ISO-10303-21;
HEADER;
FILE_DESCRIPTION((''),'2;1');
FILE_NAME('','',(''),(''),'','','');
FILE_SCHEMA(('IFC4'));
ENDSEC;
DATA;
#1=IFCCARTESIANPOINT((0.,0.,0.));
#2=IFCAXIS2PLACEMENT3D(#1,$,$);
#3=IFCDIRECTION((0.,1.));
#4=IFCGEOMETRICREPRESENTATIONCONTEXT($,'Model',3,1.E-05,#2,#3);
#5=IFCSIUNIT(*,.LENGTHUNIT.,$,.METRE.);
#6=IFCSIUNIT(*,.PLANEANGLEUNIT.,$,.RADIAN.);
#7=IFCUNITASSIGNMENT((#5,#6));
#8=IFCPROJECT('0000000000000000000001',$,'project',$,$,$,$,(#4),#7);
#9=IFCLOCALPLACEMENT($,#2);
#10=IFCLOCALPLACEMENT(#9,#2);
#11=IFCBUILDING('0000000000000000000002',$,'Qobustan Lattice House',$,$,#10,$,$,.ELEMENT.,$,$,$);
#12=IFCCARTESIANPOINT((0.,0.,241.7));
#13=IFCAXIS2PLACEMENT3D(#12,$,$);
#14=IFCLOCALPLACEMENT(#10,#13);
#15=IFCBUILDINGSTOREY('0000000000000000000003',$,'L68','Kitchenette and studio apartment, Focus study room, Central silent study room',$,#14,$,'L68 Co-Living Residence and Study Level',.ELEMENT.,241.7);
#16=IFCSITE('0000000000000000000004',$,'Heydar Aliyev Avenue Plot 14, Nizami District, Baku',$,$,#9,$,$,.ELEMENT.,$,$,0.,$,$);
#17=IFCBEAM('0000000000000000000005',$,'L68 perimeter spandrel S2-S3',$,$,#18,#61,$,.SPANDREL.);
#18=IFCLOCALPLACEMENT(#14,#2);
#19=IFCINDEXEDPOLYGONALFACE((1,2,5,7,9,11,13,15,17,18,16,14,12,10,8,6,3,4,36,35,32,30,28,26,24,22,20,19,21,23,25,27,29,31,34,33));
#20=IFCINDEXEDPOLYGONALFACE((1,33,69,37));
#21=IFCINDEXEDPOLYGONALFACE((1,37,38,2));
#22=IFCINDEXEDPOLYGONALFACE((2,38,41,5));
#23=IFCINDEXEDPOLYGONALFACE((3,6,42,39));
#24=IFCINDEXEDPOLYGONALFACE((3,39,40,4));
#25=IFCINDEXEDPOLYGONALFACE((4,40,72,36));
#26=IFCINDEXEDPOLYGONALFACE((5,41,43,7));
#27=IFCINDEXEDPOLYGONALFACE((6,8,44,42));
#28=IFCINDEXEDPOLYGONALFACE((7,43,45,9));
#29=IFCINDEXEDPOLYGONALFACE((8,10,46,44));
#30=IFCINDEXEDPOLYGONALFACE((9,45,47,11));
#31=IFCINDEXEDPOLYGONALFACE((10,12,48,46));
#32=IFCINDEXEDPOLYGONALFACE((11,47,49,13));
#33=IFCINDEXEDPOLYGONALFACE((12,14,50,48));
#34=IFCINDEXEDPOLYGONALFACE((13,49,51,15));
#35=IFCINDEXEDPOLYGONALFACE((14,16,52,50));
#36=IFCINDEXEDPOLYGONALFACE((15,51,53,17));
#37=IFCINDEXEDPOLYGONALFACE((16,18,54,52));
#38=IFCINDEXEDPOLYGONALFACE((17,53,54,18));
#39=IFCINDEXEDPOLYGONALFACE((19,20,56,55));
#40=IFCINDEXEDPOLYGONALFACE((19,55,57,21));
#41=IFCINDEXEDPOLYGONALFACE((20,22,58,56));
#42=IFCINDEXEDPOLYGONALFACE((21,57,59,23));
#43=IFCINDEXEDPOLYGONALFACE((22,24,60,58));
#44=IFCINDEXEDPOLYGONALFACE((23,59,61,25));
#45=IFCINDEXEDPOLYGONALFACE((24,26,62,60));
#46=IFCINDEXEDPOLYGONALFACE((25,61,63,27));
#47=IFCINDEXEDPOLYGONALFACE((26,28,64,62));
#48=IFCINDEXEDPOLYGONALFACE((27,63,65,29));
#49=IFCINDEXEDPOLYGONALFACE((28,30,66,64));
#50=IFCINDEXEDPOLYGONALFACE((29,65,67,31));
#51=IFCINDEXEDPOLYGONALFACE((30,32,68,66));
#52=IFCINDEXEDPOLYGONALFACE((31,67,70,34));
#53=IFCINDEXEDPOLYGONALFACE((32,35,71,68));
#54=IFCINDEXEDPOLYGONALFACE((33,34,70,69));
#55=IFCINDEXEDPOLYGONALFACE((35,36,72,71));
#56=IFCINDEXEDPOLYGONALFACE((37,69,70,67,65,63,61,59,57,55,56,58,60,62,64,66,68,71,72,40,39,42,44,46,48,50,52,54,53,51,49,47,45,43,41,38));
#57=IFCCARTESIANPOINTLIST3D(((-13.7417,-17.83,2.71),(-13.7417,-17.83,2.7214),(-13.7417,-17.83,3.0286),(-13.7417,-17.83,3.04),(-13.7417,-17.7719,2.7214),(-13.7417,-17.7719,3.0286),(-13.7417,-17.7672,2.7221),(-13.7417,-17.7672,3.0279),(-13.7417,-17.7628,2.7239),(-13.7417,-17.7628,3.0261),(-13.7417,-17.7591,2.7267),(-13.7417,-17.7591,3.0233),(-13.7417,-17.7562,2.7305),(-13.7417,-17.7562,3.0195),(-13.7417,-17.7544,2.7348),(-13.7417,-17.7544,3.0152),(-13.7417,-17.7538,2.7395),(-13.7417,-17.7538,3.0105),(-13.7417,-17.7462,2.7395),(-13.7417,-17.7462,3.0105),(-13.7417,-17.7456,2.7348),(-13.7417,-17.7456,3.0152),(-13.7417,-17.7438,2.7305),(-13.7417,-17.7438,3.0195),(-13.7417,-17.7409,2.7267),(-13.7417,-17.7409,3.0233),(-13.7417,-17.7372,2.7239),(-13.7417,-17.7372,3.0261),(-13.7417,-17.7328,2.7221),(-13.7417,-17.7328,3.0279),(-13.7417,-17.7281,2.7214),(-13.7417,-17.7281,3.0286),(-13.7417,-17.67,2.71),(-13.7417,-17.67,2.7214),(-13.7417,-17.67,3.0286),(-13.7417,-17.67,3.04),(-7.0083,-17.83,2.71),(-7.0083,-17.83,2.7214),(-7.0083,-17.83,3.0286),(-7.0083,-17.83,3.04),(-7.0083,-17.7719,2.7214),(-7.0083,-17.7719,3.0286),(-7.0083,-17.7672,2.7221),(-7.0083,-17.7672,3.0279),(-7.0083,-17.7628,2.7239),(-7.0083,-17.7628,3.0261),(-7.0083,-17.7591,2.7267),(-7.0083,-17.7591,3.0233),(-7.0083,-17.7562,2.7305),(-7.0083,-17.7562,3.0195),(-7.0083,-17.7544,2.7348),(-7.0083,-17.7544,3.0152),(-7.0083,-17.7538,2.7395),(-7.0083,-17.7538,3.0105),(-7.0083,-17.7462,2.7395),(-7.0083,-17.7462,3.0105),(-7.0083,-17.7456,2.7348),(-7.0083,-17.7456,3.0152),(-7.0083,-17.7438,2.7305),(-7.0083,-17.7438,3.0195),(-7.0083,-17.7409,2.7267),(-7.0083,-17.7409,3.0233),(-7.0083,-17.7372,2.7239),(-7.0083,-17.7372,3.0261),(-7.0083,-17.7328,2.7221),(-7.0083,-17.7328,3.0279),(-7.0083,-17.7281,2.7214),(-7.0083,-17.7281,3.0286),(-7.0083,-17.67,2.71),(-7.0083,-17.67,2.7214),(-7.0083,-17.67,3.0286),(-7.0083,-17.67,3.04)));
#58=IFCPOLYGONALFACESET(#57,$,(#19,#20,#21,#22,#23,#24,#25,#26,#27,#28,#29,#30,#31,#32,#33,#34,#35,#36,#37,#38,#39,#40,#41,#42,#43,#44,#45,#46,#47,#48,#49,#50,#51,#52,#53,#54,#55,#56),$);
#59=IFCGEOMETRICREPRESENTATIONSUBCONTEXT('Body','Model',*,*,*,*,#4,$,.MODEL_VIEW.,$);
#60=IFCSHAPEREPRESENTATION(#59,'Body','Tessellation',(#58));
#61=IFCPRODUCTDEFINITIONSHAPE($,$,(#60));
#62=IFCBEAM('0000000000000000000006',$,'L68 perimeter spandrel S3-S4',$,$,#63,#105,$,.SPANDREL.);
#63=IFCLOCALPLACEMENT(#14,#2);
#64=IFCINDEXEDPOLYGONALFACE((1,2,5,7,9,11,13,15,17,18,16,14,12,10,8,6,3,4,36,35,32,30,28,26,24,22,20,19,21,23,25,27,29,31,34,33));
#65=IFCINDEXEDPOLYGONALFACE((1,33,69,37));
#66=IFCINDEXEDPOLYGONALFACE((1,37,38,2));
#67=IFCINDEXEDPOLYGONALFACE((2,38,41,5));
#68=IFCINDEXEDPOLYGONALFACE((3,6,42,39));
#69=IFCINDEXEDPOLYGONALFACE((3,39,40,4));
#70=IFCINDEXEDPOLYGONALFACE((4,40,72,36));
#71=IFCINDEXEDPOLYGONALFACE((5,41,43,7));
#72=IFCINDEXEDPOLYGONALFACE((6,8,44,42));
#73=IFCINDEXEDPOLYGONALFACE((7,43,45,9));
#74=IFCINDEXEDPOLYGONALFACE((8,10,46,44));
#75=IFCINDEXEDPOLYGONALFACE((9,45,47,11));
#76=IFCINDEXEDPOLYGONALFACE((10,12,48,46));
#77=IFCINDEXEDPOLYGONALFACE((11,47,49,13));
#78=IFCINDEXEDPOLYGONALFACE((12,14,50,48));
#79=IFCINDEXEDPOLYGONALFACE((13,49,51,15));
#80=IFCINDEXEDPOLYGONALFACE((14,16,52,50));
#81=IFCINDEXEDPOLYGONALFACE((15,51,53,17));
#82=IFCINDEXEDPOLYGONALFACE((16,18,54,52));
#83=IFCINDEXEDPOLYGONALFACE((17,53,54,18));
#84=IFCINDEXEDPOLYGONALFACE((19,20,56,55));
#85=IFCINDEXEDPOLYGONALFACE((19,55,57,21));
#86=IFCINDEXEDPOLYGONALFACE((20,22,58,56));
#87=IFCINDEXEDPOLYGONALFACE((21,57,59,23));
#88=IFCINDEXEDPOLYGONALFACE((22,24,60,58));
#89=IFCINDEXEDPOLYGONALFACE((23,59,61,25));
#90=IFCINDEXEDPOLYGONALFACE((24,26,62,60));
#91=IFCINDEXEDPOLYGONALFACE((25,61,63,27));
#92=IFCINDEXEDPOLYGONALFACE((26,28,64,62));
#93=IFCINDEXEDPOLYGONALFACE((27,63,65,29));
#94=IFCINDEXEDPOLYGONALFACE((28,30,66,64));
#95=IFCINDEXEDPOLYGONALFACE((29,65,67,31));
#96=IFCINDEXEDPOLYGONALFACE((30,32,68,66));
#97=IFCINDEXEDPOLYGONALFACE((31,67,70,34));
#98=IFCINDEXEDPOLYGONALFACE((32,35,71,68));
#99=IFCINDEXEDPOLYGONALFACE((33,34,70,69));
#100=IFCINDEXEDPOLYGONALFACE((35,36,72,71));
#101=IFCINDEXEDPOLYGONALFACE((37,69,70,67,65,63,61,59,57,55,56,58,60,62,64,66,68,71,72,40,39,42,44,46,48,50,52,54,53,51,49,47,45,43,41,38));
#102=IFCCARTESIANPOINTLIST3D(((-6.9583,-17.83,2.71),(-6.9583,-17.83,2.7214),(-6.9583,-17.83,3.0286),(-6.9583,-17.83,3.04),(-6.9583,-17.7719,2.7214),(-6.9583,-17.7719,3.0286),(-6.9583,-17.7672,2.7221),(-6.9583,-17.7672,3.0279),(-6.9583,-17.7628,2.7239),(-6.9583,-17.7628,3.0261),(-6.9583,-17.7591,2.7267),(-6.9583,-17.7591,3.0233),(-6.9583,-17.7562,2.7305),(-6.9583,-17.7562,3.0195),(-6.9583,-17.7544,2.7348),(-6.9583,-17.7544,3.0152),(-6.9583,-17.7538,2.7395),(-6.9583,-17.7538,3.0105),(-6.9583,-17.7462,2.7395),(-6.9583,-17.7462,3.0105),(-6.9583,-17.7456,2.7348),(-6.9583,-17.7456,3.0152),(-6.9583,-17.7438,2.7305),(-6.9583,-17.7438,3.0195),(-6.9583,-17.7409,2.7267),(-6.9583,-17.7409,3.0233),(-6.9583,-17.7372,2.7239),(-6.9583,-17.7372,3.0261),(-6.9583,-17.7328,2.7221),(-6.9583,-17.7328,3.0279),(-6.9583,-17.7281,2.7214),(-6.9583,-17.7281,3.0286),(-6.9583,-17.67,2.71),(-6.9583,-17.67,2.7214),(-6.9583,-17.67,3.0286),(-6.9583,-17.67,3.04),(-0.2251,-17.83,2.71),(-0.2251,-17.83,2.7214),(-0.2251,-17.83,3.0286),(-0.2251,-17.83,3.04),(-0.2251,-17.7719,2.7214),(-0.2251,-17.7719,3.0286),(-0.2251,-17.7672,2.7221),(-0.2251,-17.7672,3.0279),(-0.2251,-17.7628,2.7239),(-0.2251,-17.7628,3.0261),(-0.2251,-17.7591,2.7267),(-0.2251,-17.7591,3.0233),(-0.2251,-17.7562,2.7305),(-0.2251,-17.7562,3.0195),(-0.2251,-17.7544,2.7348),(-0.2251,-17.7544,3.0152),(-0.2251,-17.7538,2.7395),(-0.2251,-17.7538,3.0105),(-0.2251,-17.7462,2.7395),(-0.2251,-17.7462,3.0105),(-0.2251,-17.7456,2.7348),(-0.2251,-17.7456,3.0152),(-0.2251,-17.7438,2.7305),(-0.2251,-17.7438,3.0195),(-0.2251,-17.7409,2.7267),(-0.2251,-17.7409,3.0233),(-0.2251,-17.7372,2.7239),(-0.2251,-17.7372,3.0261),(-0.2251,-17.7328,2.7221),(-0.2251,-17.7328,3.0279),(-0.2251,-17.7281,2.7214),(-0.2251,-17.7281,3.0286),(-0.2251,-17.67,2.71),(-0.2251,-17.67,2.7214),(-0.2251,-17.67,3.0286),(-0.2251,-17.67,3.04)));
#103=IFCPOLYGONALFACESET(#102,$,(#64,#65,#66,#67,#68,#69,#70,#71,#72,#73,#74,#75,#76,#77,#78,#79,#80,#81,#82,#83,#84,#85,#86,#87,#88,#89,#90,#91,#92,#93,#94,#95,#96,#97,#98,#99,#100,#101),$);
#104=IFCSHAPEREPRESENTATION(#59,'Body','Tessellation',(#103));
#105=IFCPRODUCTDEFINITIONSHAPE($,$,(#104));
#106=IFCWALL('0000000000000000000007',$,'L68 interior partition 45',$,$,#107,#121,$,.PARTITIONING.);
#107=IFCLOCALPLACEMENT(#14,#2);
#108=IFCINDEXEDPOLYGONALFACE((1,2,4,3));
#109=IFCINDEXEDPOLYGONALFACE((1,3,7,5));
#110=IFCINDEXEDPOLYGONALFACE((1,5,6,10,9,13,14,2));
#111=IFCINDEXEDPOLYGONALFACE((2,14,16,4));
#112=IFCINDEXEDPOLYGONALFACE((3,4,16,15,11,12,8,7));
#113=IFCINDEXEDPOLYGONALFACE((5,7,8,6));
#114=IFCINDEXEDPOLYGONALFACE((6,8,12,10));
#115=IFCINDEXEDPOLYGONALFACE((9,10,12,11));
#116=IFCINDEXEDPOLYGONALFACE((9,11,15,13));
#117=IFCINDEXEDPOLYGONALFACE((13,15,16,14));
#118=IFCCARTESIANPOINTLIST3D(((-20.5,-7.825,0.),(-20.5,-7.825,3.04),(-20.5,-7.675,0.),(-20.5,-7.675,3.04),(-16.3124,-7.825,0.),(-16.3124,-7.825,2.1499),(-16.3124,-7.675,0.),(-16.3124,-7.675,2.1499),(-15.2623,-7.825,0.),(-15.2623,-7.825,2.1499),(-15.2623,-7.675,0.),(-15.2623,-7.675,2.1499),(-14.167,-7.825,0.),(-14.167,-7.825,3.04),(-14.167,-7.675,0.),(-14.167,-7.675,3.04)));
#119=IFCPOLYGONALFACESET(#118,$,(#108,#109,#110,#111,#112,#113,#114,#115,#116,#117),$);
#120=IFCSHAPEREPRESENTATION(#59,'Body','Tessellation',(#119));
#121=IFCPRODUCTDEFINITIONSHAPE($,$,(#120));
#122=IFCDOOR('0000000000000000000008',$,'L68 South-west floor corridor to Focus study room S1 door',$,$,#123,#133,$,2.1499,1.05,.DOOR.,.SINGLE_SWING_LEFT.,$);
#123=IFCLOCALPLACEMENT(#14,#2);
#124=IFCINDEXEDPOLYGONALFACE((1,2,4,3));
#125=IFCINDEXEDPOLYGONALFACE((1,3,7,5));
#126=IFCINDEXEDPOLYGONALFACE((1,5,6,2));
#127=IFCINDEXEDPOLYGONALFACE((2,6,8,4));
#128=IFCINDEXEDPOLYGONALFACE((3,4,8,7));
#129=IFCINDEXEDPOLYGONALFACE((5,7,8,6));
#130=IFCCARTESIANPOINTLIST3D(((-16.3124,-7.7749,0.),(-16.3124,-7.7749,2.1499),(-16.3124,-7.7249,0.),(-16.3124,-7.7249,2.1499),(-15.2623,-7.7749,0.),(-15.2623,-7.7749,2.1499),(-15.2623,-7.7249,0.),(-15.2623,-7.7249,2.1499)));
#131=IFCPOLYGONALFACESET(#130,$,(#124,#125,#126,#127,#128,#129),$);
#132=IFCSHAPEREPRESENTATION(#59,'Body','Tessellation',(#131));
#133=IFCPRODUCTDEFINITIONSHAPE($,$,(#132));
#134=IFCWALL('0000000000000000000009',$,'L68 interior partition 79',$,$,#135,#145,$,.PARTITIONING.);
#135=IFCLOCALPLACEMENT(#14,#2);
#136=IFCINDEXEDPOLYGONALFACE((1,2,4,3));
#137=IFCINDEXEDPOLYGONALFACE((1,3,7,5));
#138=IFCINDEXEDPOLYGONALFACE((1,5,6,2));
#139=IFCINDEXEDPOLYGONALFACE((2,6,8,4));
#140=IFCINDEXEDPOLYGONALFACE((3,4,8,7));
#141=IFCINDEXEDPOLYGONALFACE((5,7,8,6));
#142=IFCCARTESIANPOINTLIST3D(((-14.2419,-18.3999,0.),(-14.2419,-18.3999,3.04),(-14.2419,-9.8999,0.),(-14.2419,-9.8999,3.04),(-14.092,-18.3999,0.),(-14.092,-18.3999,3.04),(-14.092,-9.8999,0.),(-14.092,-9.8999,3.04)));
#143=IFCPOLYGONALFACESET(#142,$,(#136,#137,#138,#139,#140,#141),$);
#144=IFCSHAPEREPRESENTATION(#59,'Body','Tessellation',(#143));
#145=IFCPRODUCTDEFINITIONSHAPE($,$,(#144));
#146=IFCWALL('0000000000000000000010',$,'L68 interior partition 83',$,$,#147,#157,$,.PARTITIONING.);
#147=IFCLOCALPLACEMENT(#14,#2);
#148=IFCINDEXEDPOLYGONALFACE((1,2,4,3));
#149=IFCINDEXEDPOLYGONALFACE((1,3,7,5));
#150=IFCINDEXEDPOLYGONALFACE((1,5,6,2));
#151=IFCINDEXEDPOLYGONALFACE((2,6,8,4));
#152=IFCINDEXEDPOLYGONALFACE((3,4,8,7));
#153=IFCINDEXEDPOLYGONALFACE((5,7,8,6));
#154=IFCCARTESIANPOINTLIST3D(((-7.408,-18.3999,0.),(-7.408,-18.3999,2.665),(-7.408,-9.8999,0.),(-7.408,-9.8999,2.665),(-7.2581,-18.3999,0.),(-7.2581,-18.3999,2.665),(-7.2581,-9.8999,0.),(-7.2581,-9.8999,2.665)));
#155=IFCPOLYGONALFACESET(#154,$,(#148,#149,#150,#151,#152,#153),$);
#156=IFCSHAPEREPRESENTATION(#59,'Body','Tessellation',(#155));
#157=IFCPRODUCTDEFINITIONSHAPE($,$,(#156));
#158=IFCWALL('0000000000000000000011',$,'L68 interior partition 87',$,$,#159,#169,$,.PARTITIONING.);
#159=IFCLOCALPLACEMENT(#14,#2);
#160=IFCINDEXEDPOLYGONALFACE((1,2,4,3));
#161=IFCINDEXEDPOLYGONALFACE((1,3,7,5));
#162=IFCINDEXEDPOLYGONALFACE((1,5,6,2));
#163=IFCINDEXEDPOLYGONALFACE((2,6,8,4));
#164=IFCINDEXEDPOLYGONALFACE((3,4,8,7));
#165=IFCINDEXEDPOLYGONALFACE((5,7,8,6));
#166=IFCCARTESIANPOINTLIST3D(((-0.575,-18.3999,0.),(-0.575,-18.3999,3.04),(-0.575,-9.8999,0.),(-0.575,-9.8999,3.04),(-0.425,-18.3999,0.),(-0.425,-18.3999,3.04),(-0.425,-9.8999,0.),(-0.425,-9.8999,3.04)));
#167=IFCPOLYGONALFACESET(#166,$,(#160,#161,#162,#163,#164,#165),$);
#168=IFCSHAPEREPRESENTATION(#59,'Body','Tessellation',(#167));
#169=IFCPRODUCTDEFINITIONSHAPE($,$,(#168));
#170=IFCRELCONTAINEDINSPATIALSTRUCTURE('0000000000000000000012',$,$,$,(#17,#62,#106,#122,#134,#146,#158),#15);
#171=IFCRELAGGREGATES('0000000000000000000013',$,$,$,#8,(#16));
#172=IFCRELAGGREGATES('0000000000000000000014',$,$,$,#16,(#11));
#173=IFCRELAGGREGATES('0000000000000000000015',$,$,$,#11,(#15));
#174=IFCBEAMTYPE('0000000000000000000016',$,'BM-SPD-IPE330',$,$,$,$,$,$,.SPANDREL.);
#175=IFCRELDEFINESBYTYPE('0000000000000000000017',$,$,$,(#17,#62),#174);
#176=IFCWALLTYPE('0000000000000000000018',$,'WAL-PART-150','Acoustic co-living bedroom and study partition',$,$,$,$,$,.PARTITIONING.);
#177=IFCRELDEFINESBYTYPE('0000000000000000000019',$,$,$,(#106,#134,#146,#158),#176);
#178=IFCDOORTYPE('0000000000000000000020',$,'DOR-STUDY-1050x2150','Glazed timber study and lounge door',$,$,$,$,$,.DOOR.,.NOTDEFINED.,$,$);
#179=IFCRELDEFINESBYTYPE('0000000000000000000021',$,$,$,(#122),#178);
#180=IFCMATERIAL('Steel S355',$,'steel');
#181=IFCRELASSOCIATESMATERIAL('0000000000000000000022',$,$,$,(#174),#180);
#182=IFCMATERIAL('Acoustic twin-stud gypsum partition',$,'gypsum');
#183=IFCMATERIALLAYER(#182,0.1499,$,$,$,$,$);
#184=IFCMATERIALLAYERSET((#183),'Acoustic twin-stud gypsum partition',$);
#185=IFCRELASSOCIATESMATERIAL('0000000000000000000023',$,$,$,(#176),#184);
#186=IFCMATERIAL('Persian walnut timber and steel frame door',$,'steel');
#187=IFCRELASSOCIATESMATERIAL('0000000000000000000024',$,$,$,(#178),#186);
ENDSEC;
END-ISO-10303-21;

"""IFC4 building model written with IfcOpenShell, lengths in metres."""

from ifc_helpers import new_model, si_unit, direction, frame, frame_2d, origin, origin_2d, place, context, subcontext, project, spatial, rectangle, i_section, extrude, material, layer, layer_set, material_profile, profile_set, type_object, element, fill, save


model = new_model("IFC4")

# Units and contexts
model_context = context("Model", 3, precision=1e-05, world=origin(), true_north=direction((0.0, 1.0)))
body_context = subcontext(model_context, "Body", "Model", "MODEL_VIEW")
ifc_project = project(units=[si_unit("LENGTHUNIT", "METRE"), si_unit("PLANEANGLEUNIT", "RADIAN")], contexts=[model_context])

# Site, building, storey
site_placement = place(None, origin())
site = spatial("IfcSite", under=ifc_project, at=site_placement, Name="Heydar Aliyev Avenue Plot 14, Nizami District, Baku", CompositionType="ELEMENT", RefElevation=0.0)
building_placement = place(site_placement, origin())
building = spatial("IfcBuilding", under=site, at=building_placement, Name="Qobustan Lattice House", CompositionType="ELEMENT")
storey_placement = place(building_placement, frame((0.0, 0.0, 241.7)))
storey = spatial("IfcBuildingStorey", under=building, at=storey_placement, Name="L68", Description="Kitchenette and studio apartment, Focus study room, Central silent study room", LongName="L68 Co-Living Residence and Study Level", CompositionType="ELEMENT", Elevation=241.7)

# Beams
ifc_material_1 = material(Name="Steel S355", Category="steel")
ifc_material_profile_1 = material_profile(ifc_material_1, i_section(OverallWidth=0.1599, OverallDepth=0.3301, WebThickness=0.0076, FlangeThickness=0.0115, FilletRadius=0.0181, at=origin_2d()), Name="IPE330")
ifc_profile_set_1 = profile_set([ifc_material_profile_1], Name="Steel S355")
beam_type_1 = type_object("IfcBeamType", Name="BM-SPD-IPE330", PredefinedType="SPANDREL", material=ifc_profile_set_1)
beam_1_placement = place(storey_placement, frame((-13.7417, -17.75, 2.875), z_axis=(1.0, 0.0, 0.0), x_axis=(0.0, 1.0, 0.0)))
element("IfcBeam", 1, at=beam_1_placement, inside=storey, type_object=beam_type_1, Name="L68 perimeter spandrel S2-S3", PredefinedType="SPANDREL", context=body_context, shape_type="SweptSolid", body=[
    extrude(i_section(OverallWidth=0.1599, OverallDepth=0.3301, WebThickness=0.0076, FlangeThickness=0.0115, FilletRadius=0.0181, at=origin_2d()), origin(), (0.0, 0.0, 1.0), 6.7334),
])
beam_2_placement = place(storey_placement, frame((-6.9583, -17.75, 2.875), z_axis=(1.0, 0.0, 0.0), x_axis=(0.0, 1.0, 0.0)))
element("IfcBeam", 2, at=beam_2_placement, inside=storey, type_object=beam_type_1, Name="L68 perimeter spandrel S3-S4", PredefinedType="SPANDREL", context=body_context, shape_type="SweptSolid", body=[
    extrude(i_section(OverallWidth=0.1599, OverallDepth=0.3301, WebThickness=0.0076, FlangeThickness=0.0115, FilletRadius=0.0181, at=origin_2d()), origin(), (0.0, 0.0, 1.0), 6.7332),
])

# Wall, opening, door
ifc_material_2 = material(Name="Acoustic twin-stud gypsum partition", Category="gypsum")
ifc_layer_1 = layer(ifc_material_2, 0.1499)
ifc_layer_set_1 = layer_set([ifc_layer_1], Name="Acoustic twin-stud gypsum partition")
wall_type_1 = type_object("IfcWallType", Name="WAL-PART-150", Description="Acoustic co-living bedroom and study partition", PredefinedType="PARTITIONING", material=ifc_layer_set_1)
wall_1_placement = place(storey_placement, frame((-14.167, -7.75, 0.0), z_axis=(0.0, 0.0, 1.0), x_axis=(-1.0, 0.0, 0.0)))
wall_1 = element("IfcWall", 3, at=wall_1_placement, inside=storey, type_object=wall_type_1, Name="L68 interior partition 45", PredefinedType="PARTITIONING", context=body_context, shape_type="SweptSolid", body=[
    extrude(rectangle(XDim=6.333, YDim=0.1499, at=frame_2d((3.1665, 0.0))), origin(), (0.0, 0.0, 1.0), 3.04),
])
opening_1_placement = place(wall_1_placement, frame((1.0955, 0.0, 0.0)))
opening_1 = element("IfcOpeningElement", 4, at=opening_1_placement, cuts=wall_1, PredefinedType="OPENING", context=body_context, shape_type="SweptSolid", body=[
    extrude(rectangle(XDim=1.05, YDim=2.1499, at=frame_2d((0.5249, 1.075))), frame((0.0, 0.085, 0.0), z_axis=(0.0, -1.0, 0.0), x_axis=(1.0, 0.0, 0.0)), (0.0, 0.0, 1.0), 0.1699),
])
ifc_material_3 = material(Name="Persian walnut timber and steel frame door", Category="steel")
door_type_1 = type_object("IfcDoorType", Name="DOR-STUDY-1050x2150", Description="Glazed timber study and lounge door", OperationType="NOTDEFINED", PredefinedType="DOOR", material=ifc_material_3)
door_1_placement = place(opening_1_placement, origin())
door_1 = element("IfcDoor", 5, at=door_1_placement, inside=storey, type_object=door_type_1, Name="L68 South-west floor corridor to Focus study room S1 door", OperationType="SINGLE_SWING_LEFT", OverallHeight=2.1499, OverallWidth=1.05, PredefinedType="DOOR", context=body_context, shape_type="SweptSolid", body=[
    extrude(rectangle(XDim=1.05, YDim=2.1499, at=frame_2d((0.5249, 1.075))), frame((0.0, 0.0249, 0.0), z_axis=(0.0, -1.0, 0.0), x_axis=(1.0, 0.0, 0.0)), (0.0, 0.0, 1.0), 0.05),
])
fill(opening_1, door_1)

# Walls
wall_2_placement = place(storey_placement, frame((-14.167, -9.8999, 0.0), z_axis=(0.0, 0.0, 1.0), x_axis=(0.0, -1.0, 0.0)))
element("IfcWall", 6, at=wall_2_placement, inside=storey, type_object=wall_type_1, Name="L68 interior partition 79", PredefinedType="PARTITIONING", context=body_context, shape_type="SweptSolid", body=[
    extrude(rectangle(XDim=8.5, YDim=0.1499, at=frame_2d((4.25, 0.0))), origin(), (0.0, 0.0, 1.0), 3.04),
])
wall_3_placement = place(storey_placement, frame((-7.333, -9.8999, 0.0), z_axis=(0.0, 0.0, 1.0), x_axis=(0.0, -1.0, 0.0)))
element("IfcWall", 7, at=wall_3_placement, inside=storey, type_object=wall_type_1, Name="L68 interior partition 83", PredefinedType="PARTITIONING", context=body_context, shape_type="SweptSolid", body=[
    extrude(rectangle(XDim=8.5, YDim=0.1499, at=frame_2d((4.25, 0.0))), origin(), (0.0, 0.0, 1.0), 2.665),
])
wall_4_placement = place(storey_placement, frame((-0.5, -9.8999, 0.0), z_axis=(0.0, 0.0, 1.0), x_axis=(0.0, -1.0, 0.0)))
element("IfcWall", 8, at=wall_4_placement, inside=storey, type_object=wall_type_1, Name="L68 interior partition 87", PredefinedType="PARTITIONING", context=body_context, shape_type="SweptSolid", body=[
    extrude(rectangle(XDim=8.5, YDim=0.1499, at=frame_2d((4.25, 0.0))), origin(), (0.0, 0.0, 1.0), 3.04),
])

save(model, "model.ifc")
